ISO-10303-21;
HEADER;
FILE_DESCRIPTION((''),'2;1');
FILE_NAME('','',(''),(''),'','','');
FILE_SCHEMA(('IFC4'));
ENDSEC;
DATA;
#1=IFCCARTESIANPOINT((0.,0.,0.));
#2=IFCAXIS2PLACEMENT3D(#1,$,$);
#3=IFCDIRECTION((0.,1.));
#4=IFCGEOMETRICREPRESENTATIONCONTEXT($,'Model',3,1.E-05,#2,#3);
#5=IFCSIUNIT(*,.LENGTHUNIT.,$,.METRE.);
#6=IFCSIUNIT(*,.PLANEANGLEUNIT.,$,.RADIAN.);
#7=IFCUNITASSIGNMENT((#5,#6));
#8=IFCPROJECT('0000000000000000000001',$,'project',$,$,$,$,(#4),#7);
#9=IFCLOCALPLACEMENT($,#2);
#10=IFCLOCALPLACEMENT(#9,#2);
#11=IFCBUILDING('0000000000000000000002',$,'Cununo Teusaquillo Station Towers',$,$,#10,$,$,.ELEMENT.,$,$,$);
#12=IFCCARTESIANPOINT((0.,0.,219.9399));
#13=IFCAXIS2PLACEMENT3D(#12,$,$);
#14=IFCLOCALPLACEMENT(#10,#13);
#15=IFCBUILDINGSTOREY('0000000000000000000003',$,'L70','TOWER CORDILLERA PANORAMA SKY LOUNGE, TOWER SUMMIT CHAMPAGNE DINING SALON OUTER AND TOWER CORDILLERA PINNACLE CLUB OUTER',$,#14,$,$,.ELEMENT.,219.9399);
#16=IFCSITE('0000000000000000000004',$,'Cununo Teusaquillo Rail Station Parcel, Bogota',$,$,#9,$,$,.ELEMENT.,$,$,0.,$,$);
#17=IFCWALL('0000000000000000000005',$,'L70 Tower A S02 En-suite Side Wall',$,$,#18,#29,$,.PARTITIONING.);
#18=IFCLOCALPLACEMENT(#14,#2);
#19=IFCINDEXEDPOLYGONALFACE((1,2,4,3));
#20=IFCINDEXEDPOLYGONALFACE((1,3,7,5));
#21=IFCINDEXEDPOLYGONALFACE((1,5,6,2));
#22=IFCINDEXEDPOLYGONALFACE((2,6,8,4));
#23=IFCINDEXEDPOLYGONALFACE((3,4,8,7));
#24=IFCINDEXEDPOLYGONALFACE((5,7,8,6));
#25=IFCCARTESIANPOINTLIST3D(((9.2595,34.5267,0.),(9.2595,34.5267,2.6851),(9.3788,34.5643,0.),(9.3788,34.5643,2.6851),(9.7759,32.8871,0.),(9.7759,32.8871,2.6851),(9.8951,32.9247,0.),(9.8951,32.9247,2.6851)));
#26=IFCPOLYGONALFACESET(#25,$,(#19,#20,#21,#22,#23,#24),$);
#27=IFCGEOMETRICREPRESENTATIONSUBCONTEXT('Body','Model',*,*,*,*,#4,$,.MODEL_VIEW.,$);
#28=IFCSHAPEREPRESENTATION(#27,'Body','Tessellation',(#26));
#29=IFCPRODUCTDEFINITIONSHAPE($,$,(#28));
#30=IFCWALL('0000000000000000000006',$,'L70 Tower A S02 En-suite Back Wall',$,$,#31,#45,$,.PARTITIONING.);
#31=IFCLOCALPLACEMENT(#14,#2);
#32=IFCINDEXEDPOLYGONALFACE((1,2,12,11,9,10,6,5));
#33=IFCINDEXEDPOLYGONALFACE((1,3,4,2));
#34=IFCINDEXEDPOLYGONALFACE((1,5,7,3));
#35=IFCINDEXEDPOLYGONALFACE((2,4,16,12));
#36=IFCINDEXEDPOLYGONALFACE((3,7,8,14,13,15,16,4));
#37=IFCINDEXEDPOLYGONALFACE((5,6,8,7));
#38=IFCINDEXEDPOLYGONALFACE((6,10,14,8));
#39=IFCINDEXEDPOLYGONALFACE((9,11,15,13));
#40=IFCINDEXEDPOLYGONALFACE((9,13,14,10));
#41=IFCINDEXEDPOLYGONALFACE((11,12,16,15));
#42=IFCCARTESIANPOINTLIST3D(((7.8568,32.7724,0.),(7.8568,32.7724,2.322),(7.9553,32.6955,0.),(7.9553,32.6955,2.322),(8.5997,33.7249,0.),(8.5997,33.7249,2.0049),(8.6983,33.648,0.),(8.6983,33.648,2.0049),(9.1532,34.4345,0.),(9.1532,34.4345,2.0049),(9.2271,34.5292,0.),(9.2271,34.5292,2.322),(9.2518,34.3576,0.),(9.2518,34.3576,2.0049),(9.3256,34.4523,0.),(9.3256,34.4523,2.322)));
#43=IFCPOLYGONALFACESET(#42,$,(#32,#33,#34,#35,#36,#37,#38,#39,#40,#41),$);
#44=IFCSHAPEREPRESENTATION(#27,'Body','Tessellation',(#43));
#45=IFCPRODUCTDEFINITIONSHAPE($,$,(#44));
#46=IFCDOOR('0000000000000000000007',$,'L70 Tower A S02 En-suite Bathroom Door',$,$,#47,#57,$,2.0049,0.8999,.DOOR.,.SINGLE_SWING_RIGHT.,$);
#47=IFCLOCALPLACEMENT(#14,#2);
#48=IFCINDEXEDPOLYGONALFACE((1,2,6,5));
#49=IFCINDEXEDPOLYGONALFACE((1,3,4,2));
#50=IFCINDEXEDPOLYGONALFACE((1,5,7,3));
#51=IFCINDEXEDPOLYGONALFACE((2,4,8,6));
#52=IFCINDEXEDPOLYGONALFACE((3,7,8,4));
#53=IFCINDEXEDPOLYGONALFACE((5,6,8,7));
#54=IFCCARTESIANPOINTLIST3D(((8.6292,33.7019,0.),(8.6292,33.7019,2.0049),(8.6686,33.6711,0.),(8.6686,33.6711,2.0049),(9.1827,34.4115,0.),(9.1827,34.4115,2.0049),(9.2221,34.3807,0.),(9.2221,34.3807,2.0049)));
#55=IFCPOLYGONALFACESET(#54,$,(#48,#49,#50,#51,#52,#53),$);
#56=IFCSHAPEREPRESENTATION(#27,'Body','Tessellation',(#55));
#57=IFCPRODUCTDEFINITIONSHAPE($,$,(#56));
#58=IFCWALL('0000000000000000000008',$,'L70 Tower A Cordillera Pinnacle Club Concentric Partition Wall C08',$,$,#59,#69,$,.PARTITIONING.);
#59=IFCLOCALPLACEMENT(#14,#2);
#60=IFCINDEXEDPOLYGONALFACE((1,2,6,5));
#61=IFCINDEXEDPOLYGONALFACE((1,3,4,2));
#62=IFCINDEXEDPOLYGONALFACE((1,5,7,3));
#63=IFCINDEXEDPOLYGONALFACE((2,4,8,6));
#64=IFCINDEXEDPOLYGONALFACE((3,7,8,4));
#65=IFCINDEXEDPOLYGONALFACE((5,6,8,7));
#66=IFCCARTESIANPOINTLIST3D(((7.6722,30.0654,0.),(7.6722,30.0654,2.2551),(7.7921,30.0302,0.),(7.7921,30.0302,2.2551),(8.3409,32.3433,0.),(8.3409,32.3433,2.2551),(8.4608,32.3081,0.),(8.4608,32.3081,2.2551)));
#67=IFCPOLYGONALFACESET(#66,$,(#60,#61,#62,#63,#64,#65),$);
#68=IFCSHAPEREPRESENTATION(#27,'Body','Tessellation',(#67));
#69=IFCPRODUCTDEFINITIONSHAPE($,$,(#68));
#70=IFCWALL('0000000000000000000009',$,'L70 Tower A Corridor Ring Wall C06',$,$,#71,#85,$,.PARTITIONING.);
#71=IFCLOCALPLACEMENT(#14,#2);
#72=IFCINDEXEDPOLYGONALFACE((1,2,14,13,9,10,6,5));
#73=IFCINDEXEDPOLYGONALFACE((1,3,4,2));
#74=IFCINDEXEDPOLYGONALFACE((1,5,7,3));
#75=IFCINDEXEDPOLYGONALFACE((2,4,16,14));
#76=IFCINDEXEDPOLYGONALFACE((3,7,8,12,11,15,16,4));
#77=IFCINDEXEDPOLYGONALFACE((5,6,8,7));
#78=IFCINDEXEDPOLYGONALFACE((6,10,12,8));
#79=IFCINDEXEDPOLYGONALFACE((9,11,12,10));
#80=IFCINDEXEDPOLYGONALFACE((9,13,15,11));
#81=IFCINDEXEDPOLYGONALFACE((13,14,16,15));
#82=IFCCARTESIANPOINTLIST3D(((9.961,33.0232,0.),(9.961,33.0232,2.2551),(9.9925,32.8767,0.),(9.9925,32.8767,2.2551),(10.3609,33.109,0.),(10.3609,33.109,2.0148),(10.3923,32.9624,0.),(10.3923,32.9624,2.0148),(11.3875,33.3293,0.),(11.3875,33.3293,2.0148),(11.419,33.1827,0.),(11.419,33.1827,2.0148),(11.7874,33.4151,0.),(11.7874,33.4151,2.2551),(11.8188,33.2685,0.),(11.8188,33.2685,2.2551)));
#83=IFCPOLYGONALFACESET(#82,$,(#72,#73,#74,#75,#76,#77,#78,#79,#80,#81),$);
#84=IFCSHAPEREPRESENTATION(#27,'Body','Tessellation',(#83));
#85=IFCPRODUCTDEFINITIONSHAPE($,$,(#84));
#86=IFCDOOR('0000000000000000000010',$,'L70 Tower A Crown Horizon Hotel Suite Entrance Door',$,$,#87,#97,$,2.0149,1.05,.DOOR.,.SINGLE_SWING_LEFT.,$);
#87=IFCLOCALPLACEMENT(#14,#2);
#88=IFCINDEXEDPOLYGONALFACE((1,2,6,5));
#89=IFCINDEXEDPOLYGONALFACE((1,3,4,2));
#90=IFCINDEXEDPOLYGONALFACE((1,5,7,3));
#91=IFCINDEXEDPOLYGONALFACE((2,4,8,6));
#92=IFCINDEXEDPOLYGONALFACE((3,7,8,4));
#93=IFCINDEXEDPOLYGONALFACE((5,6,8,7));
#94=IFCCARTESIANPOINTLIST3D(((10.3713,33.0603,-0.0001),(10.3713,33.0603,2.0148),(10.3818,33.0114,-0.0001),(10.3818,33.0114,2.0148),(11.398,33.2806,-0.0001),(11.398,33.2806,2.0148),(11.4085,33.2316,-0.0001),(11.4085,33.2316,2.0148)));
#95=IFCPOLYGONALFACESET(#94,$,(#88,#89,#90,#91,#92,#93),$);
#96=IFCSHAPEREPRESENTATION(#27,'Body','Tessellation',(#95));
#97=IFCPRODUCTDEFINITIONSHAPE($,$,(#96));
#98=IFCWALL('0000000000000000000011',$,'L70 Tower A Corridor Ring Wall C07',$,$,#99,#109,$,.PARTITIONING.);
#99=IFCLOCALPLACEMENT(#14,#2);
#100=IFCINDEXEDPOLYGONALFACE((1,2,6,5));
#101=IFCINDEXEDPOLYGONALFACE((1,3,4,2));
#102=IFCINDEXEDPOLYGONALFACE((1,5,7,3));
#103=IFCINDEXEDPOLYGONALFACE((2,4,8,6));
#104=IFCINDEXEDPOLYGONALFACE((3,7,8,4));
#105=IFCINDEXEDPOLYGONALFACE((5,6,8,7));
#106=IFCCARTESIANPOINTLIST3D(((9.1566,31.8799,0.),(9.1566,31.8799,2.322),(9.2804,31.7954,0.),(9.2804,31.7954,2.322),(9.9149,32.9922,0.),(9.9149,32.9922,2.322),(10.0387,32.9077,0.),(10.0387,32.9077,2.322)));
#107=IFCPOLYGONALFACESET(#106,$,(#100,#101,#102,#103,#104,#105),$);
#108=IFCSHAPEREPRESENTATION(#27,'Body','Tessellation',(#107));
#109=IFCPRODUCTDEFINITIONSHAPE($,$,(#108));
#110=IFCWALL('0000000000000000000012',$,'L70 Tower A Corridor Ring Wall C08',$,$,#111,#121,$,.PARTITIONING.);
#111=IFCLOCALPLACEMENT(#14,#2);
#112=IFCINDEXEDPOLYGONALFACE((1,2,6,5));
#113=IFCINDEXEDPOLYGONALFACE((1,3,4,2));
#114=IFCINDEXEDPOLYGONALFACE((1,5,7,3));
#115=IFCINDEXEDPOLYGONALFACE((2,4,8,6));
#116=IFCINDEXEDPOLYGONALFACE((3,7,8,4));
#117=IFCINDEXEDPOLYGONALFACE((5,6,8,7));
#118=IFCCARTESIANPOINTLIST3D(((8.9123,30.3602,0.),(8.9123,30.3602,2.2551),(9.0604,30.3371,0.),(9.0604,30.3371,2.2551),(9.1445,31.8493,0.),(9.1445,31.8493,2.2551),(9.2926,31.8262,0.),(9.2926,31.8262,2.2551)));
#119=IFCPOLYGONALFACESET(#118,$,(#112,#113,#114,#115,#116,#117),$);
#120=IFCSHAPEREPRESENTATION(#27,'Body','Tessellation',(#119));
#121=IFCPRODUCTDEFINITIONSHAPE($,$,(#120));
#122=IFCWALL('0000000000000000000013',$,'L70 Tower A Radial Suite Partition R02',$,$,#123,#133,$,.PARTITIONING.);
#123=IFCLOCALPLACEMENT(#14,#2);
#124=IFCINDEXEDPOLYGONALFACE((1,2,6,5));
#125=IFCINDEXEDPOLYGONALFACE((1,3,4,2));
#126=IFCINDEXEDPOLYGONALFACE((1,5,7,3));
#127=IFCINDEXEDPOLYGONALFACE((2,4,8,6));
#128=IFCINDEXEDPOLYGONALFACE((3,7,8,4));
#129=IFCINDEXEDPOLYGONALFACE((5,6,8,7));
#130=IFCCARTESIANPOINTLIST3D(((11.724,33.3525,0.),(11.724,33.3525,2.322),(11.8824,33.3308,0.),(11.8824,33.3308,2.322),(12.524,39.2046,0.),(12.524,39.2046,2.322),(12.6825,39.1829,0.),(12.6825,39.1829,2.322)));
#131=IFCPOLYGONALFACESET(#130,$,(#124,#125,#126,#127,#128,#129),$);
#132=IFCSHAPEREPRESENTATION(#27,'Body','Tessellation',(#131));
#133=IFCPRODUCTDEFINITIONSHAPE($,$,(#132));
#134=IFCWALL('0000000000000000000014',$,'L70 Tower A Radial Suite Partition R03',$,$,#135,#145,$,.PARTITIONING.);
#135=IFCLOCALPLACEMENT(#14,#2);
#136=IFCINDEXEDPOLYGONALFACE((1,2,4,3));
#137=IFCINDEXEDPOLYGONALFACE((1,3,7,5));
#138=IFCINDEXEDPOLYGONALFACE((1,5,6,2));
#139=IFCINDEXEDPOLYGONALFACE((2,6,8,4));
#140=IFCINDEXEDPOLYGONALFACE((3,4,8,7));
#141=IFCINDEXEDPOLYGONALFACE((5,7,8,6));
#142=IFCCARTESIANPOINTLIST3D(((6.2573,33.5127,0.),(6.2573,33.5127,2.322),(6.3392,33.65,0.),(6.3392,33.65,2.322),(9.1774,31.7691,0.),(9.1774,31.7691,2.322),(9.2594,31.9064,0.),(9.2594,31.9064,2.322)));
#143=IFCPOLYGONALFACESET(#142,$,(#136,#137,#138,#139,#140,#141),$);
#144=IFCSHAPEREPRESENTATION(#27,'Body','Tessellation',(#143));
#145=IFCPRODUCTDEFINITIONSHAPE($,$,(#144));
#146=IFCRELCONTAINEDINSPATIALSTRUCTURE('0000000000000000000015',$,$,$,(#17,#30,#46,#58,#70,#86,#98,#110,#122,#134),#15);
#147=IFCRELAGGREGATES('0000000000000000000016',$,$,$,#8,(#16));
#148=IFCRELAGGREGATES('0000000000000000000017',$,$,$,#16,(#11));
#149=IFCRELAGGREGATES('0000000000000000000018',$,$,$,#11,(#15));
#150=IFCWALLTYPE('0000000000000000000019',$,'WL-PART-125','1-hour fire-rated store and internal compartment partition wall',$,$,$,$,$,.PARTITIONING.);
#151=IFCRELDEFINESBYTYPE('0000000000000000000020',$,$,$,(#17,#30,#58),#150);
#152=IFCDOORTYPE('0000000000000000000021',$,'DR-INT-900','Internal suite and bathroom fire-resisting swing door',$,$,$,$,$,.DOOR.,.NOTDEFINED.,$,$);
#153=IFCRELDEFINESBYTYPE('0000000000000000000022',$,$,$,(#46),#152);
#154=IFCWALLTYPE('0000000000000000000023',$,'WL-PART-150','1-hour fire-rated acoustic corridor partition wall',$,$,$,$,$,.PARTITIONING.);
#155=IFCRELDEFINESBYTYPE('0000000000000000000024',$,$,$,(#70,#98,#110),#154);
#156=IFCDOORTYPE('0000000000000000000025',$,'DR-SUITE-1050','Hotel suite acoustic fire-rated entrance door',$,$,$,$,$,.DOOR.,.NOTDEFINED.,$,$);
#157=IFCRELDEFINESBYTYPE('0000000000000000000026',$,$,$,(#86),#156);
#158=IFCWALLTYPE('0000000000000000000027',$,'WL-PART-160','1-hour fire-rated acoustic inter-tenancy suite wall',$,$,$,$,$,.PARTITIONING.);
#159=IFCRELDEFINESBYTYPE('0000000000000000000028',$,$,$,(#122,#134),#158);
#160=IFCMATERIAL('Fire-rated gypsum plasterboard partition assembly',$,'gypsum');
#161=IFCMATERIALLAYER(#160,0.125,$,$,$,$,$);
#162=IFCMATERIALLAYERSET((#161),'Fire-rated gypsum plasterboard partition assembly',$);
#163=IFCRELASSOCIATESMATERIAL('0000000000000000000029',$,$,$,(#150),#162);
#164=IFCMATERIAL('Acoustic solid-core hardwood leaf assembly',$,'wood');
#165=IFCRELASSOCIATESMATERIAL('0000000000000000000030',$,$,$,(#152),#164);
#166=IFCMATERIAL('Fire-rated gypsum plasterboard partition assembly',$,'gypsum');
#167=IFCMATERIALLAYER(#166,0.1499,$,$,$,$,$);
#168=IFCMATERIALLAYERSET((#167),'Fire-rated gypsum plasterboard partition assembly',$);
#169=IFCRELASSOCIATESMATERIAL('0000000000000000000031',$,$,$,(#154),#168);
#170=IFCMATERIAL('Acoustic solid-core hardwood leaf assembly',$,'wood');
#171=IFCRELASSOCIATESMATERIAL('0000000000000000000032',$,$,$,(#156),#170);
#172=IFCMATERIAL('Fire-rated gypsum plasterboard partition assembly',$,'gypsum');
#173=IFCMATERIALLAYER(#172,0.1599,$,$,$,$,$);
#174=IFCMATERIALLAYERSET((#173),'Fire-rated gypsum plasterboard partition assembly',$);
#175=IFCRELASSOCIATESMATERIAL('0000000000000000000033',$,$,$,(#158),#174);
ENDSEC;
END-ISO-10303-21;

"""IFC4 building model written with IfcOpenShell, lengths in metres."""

from ifc_helpers import new_model, si_unit, direction, frame, frame_2d, origin, place, context, subcontext, project, spatial, rectangle, extrude, source, transform, mapped, material, layer, layer_set, type_object, element, fill, save


model = new_model("IFC4")

# Units and contexts
model_context = context("Model", 3, precision=1e-05, world=origin(), true_north=direction((0.0, 1.0)))
body_context = subcontext(model_context, "Body", "Model", "MODEL_VIEW")
ifc_project = project(units=[si_unit("LENGTHUNIT", "METRE"), si_unit("PLANEANGLEUNIT", "RADIAN")], contexts=[model_context])

# Site, building, storey
site_placement = place(None, origin())
site = spatial("IfcSite", under=ifc_project, at=site_placement, Name="Cununo Teusaquillo Rail Station Parcel, Bogota", CompositionType="ELEMENT", RefElevation=0.0)
building_placement = place(site_placement, origin())
building = spatial("IfcBuilding", under=site, at=building_placement, Name="Cununo Teusaquillo Station Towers", CompositionType="ELEMENT")
storey_placement = place(building_placement, frame((0.0, 0.0, 219.9399)))
storey = spatial("IfcBuildingStorey", under=building, at=storey_placement, Name="L70", Description="TOWER CORDILLERA PANORAMA SKY LOUNGE, TOWER SUMMIT CHAMPAGNE DINING SALON OUTER AND TOWER CORDILLERA PINNACLE CLUB OUTER", CompositionType="ELEMENT", Elevation=219.9399)

# Wall
ifc_material_1 = material(Name="Fire-rated gypsum plasterboard partition assembly", Category="gypsum")
ifc_layer_1 = layer(ifc_material_1, 0.125)
ifc_layer_set_1 = layer_set([ifc_layer_1], Name="Fire-rated gypsum plasterboard partition assembly")
wall_type_1 = type_object("IfcWallType", Name="WL-PART-125", Description="1-hour fire-rated store and internal compartment partition wall", PredefinedType="PARTITIONING", material=ifc_layer_set_1)
wall_1_placement = place(storey_placement, frame((9.8354, 32.906, 0.0), z_axis=(0.0, 0.0, 1.0), x_axis=(-0.300377, 0.953821, 0.0)))
element("IfcWall", 1, at=wall_1_placement, inside=storey, type_object=wall_type_1, Name="L70 Tower A S02 En-suite Side Wall", PredefinedType="PARTITIONING", context=body_context, shape_type="SweptSolid", body=[
    extrude(rectangle(XDim=1.719, YDim=0.125, at=frame_2d((0.8594, 0.0))), origin(), (0.0, 0.0, 1.0), 2.6851),
])

# Wall, opening, door
wall_2_placement = place(storey_placement, frame((9.2764, 34.4907, 0.0), z_axis=(0.0, 0.0, 1.0), x_axis=(-0.61504, -0.788496, 0.0)))
wall_2 = element("IfcWall", 2, at=wall_2_placement, inside=storey, type_object=wall_type_1, Name="L70 Tower A S02 En-suite Back Wall", PredefinedType="PARTITIONING", context=body_context, shape_type="SweptSolid", body=[
    extrude(rectangle(XDim=2.228, YDim=0.125, at=frame_2d((1.114, 0.0))), origin(), (0.0, 0.0, 1.0), 2.322),
])
shared_shape_1 = source(origin(), body_context, "Body", "SweptSolid", [
    extrude(rectangle(XDim=0.8999, YDim=2.0049, at=frame_2d((0.45, 1.0024))), frame((0.0, 0.0725, 0.0), z_axis=(0.0, -1.0, 0.0), x_axis=(1.0, 0.0, 0.0)), (0.0, 0.0, 1.0), 0.145),
])
opening_1_placement = place(wall_2_placement, frame((0.1201, 0.0, 0.0)))
opening_1 = element("IfcOpeningElement", 3, at=opening_1_placement, cuts=wall_2, PredefinedType="OPENING", context=body_context, shape_type="MappedRepresentation", body=[
    mapped(shared_shape_1, transform((0.0, 0.0, 0.0), x_axis=(1.0, 0.0, 0.0), y_axis=(0.0, 1.0, 0.0), z_axis=(0.0, 0.0, 1.0), scale=1.0)),
])
ifc_material_2 = material(Name="Acoustic solid-core hardwood leaf assembly", Category="wood")
door_type_1 = type_object("IfcDoorType", Name="DR-INT-900", Description="Internal suite and bathroom fire-resisting swing door", OperationType="NOTDEFINED", PredefinedType="DOOR", material=ifc_material_2)
shared_shape_2 = source(origin(), body_context, "Body", "SweptSolid", [
    extrude(rectangle(XDim=0.8999, YDim=2.0049, at=frame_2d((0.45, 1.0024))), frame((0.0, 0.0249, 0.0), z_axis=(0.0, -1.0, 0.0), x_axis=(1.0, 0.0, 0.0)), (0.0, 0.0, 1.0), 0.05),
])
door_1_placement = place(opening_1_placement, origin())
door_1 = element("IfcDoor", 4, at=door_1_placement, inside=storey, type_object=door_type_1, Name="L70 Tower A S02 En-suite Bathroom Door", OperationType="SINGLE_SWING_RIGHT", OverallHeight=2.0049, OverallWidth=0.8999, PredefinedType="DOOR", context=body_context, shape_type="MappedRepresentation", body=[
    mapped(shared_shape_2, transform((0.0, 0.0, 0.0), x_axis=(1.0, 0.0, 0.0), y_axis=(0.0, 1.0, 0.0), z_axis=(0.0, 0.0, 1.0), scale=1.0)),
])
fill(opening_1, door_1)

# Wall
wall_3_placement = place(storey_placement, frame((8.4009, 32.3257, 0.0), z_axis=(0.0, 0.0, 1.0), x_axis=(-0.281682, -0.959508, 0.0)))
element("IfcWall", 5, at=wall_3_placement, inside=storey, type_object=wall_type_1, Name="L70 Tower A Cordillera Pinnacle Club Concentric Partition Wall C08", PredefinedType="PARTITIONING", context=body_context, shape_type="SweptSolid", body=[
    extrude(rectangle(XDim=2.374, YDim=0.125, at=frame_2d((1.187, 0.0))), origin(), (0.0, 0.0, 1.0), 2.2551),
])

# Wall, opening, door
ifc_material_3 = material(Name="Fire-rated gypsum plasterboard partition assembly", Category="gypsum")
ifc_layer_2 = layer(ifc_material_3, 0.1499)
ifc_layer_set_2 = layer_set([ifc_layer_2], Name="Fire-rated gypsum plasterboard partition assembly")
wall_type_2 = type_object("IfcWallType", Name="WL-PART-150", Description="1-hour fire-rated acoustic corridor partition wall", PredefinedType="PARTITIONING", material=ifc_layer_set_2)
wall_4_placement = place(storey_placement, frame((11.8032, 33.3418, 0.0), z_axis=(0.0, 0.0, 1.0), x_axis=(-0.977751, -0.20977, 0.0)))
wall_4 = element("IfcWall", 6, at=wall_4_placement, inside=storey, type_object=wall_type_2, Name="L70 Tower A Corridor Ring Wall C06", PredefinedType="PARTITIONING", context=body_context, shape_type="SweptSolid", body=[
    extrude(rectangle(XDim=1.8679, YDim=0.1499, at=frame_2d((0.9341, 0.0))), origin(), (0.0, 0.0, 1.0), 2.2551),
])
shared_shape_3 = source(origin(), body_context, "Body", "SweptSolid", [
    extrude(rectangle(XDim=1.05, YDim=2.0149, at=frame_2d((0.5249, 1.0073))), frame((0.0, 0.085, 0.0), z_axis=(0.0, -1.0, 0.0), x_axis=(1.0, 0.0, 0.0)), (0.0, 0.0, 1.0), 0.1699),
])
opening_2_placement = place(wall_4_placement, frame((0.4092, 0.0, 0.0)))
opening_2 = element("IfcOpeningElement", 7, at=opening_2_placement, cuts=wall_4, PredefinedType="OPENING", context=body_context, shape_type="MappedRepresentation", body=[
    mapped(shared_shape_3, transform((0.0, 0.0, 0.0), x_axis=(1.0, 0.0, 0.0), y_axis=(0.0, 1.0, 0.0), z_axis=(0.0, 0.0, 1.0), scale=1.0)),
])
ifc_material_4 = material(Name="Acoustic solid-core hardwood leaf assembly", Category="wood")
door_type_2 = type_object("IfcDoorType", Name="DR-SUITE-1050", Description="Hotel suite acoustic fire-rated entrance door", OperationType="NOTDEFINED", PredefinedType="DOOR", material=ifc_material_4)
shared_shape_4 = source(origin(), body_context, "Body", "SweptSolid", [
    extrude(rectangle(XDim=1.05, YDim=2.0149, at=frame_2d((0.5249, 1.0073))), frame((0.0, 0.0249, 0.0), z_axis=(0.0, -1.0, 0.0), x_axis=(1.0, 0.0, 0.0)), (0.0, 0.0, 1.0), 0.05),
])
door_2_placement = place(opening_2_placement, origin())
door_2 = element("IfcDoor", 8, at=door_2_placement, inside=storey, type_object=door_type_2, Name="L70 Tower A Crown Horizon Hotel Suite Entrance Door", OperationType="SINGLE_SWING_LEFT", OverallHeight=2.0149, OverallWidth=1.05, PredefinedType="DOOR", context=body_context, shape_type="MappedRepresentation", body=[
    mapped(shared_shape_4, transform((0.0, 0.0, 0.0), x_axis=(1.0, 0.0, 0.0), y_axis=(0.0, 1.0, 0.0), z_axis=(0.0, 0.0, 1.0), scale=1.0)),
])
fill(opening_2, door_2)

# Walls
wall_5_placement = place(storey_placement, frame((9.9768, 32.95, 0.0), z_axis=(0.0, 0.0, 1.0), x_axis=(-0.563292, -0.826258, 0.0)))
element("IfcWall", 9, at=wall_5_placement, inside=storey, type_object=wall_type_2, Name="L70 Tower A Corridor Ring Wall C07", PredefinedType="PARTITIONING", context=body_context, shape_type="SweptSolid", body=[
    extrude(rectangle(XDim=1.3462, YDim=0.1499, at=frame_2d((0.6731, 0.0))), origin(), (0.0, 0.0, 1.0), 2.322),
])
wall_6_placement = place(storey_placement, frame((9.2185, 31.8376, 0.0), z_axis=(0.0, 0.0, 1.0), x_axis=(-0.154066, -0.988061, 0.0)))
element("IfcWall", 10, at=wall_6_placement, inside=storey, type_object=wall_type_2, Name="L70 Tower A Corridor Ring Wall C08", PredefinedType="PARTITIONING", context=body_context, shape_type="SweptSolid", body=[
    extrude(rectangle(XDim=1.5071, YDim=0.1499, at=frame_2d((0.7534, 0.0))), origin(), (0.0, 0.0, 1.0), 2.2551),
])
ifc_material_5 = material(Name="Fire-rated gypsum plasterboard partition assembly", Category="gypsum")
ifc_layer_3 = layer(ifc_material_5, 0.1599)
ifc_layer_set_3 = layer_set([ifc_layer_3], Name="Fire-rated gypsum plasterboard partition assembly")
wall_type_3 = type_object("IfcWallType", Name="WL-PART-160", Description="1-hour fire-rated acoustic inter-tenancy suite wall", PredefinedType="PARTITIONING", material=ifc_layer_set_3)
wall_7_placement = place(storey_placement, frame((11.8032, 33.3418, 0.0), z_axis=(0.0, 0.0, 1.0), x_axis=(0.135453, 0.990784, 0.0)))
element("IfcWall", 11, at=wall_7_placement, inside=storey, type_object=wall_type_3, Name="L70 Tower A Radial Suite Partition R02", PredefinedType="PARTITIONING", context=body_context, shape_type="SweptSolid", body=[
    extrude(rectangle(XDim=5.9065, YDim=0.1599, at=frame_2d((2.9531, 0.0))), origin(), (0.0, 0.0, 1.0), 2.322),
])
wall_8_placement = place(storey_placement, frame((9.2185, 31.8376, 0.0), z_axis=(0.0, 0.0, 1.0), x_axis=(-0.858587, 0.512668, 0.0)))
element("IfcWall", 12, at=wall_8_placement, inside=storey, type_object=wall_type_3, Name="L70 Tower A Radial Suite Partition R03", PredefinedType="PARTITIONING", context=body_context, shape_type="SweptSolid", body=[
    extrude(rectangle(XDim=3.4011, YDim=0.1599, at=frame_2d((1.7007, 0.0))), origin(), (0.0, 0.0, 1.0), 2.322),
])

save(model, "model.ifc")
